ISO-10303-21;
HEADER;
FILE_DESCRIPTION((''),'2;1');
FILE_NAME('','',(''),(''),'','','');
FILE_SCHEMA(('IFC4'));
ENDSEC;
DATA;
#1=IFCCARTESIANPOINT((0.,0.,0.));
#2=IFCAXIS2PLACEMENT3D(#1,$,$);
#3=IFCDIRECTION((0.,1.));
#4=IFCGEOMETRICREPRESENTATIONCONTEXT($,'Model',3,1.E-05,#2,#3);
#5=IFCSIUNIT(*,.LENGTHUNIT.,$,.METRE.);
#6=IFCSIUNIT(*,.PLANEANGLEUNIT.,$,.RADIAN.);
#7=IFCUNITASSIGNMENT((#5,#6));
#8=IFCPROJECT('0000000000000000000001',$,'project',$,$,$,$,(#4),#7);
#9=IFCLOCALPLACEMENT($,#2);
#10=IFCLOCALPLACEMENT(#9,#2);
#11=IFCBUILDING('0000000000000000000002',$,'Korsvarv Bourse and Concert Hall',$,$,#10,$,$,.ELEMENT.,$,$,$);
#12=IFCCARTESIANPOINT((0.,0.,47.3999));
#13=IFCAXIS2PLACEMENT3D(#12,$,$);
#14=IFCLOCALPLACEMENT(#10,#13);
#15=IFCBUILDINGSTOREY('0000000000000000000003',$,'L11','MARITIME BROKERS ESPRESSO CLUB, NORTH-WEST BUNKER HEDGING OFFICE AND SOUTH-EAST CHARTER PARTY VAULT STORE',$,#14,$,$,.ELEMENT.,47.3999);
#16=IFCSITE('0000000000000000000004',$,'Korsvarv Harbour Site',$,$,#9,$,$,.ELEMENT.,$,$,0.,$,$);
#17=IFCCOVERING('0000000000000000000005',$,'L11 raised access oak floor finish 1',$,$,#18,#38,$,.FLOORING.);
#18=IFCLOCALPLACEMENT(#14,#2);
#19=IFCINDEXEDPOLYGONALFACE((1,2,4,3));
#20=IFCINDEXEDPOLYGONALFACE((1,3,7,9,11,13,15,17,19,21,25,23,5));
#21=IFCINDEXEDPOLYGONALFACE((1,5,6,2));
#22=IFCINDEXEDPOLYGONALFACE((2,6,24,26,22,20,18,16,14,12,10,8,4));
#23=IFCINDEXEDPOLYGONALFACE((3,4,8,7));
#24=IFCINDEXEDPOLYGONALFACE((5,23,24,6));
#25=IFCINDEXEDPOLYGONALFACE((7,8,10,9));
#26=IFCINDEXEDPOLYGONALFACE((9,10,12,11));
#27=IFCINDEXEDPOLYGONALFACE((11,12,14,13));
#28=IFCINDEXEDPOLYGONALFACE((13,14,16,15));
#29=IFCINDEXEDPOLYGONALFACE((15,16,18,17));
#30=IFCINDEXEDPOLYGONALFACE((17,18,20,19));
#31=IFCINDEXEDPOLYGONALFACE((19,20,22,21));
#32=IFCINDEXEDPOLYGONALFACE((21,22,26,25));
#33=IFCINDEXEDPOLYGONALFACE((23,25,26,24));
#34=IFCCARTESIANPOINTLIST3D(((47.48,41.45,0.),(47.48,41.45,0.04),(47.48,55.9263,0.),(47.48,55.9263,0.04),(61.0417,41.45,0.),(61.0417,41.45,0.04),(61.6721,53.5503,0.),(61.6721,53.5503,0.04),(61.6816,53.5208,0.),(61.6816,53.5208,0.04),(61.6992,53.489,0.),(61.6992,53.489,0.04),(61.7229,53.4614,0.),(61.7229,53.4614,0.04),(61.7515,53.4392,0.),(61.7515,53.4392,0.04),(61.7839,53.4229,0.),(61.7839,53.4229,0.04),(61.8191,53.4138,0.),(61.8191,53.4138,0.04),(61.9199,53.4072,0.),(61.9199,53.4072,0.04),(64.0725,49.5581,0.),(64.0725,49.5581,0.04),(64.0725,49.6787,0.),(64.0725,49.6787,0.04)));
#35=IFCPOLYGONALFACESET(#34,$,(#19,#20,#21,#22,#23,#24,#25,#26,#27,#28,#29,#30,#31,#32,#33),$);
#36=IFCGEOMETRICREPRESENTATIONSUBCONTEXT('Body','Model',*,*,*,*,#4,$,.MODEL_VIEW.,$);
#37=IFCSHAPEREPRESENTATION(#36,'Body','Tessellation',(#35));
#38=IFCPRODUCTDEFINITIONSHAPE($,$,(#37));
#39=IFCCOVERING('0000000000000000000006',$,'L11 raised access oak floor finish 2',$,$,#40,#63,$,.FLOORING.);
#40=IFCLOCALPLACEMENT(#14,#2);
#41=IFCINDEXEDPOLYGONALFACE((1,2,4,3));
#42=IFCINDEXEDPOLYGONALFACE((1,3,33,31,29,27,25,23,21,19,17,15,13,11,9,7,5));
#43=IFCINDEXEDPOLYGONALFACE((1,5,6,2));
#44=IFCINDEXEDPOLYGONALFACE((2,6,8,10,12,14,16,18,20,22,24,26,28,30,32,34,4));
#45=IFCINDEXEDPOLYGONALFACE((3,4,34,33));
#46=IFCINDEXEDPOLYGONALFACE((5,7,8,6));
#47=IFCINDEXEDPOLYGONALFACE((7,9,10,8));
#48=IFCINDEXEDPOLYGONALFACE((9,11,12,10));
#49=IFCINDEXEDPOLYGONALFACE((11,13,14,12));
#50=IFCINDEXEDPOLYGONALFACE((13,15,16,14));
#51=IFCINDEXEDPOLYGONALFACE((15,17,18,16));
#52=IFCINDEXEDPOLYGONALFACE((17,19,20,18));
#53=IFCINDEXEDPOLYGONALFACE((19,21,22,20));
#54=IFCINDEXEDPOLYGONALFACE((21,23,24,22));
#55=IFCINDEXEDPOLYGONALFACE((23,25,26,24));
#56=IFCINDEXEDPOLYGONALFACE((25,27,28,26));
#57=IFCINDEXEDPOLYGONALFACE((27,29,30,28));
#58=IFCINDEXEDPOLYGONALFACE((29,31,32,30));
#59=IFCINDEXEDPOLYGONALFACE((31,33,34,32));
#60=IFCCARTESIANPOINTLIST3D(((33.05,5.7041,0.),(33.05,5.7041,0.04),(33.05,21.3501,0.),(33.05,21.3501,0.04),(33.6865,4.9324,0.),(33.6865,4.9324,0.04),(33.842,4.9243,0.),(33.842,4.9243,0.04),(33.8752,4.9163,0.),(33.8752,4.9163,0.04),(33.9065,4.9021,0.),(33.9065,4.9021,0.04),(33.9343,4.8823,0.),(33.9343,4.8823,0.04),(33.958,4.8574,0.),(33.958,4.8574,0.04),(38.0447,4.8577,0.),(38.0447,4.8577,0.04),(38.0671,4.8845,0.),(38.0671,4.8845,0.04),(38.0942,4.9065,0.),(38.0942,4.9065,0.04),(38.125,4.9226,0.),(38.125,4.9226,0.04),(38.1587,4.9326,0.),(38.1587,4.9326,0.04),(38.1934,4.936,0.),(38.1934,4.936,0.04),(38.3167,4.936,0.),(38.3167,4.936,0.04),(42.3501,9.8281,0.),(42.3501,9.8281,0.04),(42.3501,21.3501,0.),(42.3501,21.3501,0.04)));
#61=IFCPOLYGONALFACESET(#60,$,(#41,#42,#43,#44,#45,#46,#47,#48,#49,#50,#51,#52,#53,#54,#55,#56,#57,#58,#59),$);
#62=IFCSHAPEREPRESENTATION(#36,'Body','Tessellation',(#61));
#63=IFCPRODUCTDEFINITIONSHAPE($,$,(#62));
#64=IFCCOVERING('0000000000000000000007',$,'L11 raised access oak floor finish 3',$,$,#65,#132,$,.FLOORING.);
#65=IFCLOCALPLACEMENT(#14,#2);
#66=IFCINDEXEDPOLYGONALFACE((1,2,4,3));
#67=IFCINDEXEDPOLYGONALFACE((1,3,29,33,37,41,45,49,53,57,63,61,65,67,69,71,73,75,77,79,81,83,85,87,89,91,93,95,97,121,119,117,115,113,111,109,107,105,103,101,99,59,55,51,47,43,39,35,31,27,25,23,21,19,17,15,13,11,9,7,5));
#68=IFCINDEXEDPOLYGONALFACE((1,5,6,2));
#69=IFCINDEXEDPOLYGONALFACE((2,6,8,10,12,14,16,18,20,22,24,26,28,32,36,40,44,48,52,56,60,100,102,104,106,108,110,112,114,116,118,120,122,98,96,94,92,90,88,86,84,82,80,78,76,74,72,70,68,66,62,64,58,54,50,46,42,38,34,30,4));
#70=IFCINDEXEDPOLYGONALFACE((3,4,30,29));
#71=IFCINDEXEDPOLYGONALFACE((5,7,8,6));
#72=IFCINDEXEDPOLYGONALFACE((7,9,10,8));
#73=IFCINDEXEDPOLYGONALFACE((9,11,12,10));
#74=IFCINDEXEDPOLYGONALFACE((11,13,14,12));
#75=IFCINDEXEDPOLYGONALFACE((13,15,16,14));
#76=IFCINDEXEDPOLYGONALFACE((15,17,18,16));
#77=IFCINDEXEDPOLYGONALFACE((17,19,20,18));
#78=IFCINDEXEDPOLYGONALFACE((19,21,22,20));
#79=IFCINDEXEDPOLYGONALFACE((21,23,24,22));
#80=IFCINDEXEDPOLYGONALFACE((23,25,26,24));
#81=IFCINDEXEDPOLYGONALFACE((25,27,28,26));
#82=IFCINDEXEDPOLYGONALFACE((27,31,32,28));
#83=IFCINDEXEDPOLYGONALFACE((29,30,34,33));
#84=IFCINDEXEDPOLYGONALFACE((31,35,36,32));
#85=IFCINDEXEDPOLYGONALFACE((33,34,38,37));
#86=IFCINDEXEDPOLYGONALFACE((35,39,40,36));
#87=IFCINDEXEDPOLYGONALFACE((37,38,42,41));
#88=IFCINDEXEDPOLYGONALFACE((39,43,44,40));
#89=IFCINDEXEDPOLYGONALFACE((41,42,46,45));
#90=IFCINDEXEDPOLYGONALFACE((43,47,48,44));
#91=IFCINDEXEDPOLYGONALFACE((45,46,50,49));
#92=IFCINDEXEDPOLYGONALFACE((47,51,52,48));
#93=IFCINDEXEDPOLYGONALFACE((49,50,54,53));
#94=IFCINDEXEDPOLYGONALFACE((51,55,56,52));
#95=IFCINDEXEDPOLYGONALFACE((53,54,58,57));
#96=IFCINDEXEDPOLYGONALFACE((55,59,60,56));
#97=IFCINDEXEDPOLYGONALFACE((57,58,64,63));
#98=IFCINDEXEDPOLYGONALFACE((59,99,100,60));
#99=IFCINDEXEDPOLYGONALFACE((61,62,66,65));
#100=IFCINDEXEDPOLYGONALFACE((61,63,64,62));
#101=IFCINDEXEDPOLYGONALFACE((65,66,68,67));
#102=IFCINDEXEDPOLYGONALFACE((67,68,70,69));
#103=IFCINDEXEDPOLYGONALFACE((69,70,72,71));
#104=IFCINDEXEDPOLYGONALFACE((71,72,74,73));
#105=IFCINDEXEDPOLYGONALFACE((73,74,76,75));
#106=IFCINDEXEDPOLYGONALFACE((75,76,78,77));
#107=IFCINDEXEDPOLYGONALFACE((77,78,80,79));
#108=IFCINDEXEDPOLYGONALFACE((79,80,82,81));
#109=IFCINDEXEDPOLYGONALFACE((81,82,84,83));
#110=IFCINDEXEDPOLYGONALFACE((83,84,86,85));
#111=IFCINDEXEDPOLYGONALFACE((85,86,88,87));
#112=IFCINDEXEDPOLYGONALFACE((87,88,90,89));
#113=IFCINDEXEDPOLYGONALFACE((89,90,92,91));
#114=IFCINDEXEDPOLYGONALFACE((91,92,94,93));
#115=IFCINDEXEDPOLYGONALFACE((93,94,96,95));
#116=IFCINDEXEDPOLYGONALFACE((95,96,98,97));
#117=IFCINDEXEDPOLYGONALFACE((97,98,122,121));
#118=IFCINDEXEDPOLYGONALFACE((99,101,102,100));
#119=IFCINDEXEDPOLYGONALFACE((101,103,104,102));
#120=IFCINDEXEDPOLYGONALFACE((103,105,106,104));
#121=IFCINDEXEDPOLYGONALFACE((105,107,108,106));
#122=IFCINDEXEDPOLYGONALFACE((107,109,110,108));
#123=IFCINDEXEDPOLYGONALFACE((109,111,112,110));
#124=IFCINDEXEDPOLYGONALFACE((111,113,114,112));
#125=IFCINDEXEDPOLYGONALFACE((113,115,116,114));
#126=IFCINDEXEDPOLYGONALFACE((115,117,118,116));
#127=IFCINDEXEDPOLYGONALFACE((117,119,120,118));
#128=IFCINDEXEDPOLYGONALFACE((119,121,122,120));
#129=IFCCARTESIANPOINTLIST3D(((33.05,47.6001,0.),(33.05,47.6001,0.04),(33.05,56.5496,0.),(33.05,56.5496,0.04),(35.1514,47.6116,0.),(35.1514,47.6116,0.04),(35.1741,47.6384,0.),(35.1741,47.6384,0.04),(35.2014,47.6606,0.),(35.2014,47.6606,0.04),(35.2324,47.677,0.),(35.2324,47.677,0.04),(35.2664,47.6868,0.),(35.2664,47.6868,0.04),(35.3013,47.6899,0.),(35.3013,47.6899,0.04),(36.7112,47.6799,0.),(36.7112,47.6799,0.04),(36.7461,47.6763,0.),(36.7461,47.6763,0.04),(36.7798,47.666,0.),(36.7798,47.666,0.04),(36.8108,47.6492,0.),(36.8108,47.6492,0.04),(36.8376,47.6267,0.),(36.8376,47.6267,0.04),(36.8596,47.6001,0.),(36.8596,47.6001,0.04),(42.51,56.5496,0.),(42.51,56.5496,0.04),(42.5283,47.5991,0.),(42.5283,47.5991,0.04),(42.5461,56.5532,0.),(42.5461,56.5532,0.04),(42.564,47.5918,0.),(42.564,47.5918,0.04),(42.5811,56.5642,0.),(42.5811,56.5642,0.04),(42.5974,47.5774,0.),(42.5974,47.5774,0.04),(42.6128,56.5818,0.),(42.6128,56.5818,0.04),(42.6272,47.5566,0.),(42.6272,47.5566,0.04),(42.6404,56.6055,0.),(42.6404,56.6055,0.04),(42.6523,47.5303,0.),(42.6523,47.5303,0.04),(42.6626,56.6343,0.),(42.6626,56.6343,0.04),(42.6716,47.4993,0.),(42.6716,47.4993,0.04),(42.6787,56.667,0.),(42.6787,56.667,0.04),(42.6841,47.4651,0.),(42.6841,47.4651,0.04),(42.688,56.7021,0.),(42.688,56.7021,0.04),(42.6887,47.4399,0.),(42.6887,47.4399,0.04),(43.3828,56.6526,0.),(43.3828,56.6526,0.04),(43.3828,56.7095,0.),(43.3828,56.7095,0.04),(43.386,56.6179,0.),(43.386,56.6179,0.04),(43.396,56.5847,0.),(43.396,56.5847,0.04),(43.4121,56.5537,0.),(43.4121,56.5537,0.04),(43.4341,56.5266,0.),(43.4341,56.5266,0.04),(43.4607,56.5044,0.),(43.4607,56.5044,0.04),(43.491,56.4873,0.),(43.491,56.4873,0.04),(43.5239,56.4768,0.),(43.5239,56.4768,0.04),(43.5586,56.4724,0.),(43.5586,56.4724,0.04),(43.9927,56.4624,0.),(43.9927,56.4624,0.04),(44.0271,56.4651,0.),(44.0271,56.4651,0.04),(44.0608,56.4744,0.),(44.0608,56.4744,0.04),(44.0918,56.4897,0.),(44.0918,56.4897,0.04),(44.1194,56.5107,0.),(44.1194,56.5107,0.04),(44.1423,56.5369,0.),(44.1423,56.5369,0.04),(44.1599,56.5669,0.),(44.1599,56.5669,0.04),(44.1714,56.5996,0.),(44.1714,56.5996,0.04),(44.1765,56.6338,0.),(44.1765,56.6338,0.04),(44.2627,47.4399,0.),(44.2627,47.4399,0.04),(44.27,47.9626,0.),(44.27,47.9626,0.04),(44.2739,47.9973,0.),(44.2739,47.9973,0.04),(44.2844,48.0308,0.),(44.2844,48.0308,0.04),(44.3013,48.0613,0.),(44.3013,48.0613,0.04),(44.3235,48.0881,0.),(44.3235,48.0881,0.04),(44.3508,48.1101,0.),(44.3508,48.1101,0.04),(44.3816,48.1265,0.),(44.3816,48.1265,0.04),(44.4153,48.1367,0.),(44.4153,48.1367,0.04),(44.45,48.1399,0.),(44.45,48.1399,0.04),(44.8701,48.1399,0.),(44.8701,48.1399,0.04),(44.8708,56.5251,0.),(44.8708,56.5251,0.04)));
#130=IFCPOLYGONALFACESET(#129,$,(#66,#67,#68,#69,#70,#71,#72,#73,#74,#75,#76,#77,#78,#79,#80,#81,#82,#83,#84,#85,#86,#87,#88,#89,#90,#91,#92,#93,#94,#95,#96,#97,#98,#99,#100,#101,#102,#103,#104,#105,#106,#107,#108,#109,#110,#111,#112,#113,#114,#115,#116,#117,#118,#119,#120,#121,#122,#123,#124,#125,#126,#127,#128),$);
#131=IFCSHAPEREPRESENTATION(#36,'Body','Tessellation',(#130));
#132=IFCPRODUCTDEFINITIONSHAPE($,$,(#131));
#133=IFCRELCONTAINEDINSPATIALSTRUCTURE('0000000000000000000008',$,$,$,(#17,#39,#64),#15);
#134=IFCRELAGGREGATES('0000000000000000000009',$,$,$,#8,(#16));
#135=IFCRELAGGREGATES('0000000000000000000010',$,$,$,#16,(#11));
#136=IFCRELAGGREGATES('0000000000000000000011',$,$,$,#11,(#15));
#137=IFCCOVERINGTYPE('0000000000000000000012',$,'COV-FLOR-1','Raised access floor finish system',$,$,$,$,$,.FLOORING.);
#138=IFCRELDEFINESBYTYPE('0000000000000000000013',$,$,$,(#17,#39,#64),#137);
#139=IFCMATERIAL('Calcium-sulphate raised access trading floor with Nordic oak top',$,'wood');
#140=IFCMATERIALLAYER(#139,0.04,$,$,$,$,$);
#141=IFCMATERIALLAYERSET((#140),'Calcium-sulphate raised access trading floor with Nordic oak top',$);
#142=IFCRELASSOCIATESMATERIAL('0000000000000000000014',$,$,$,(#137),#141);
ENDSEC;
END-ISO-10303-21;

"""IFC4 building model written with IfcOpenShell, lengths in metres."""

from ifc_helpers import new_model, si_unit, direction, frame, origin, place, context, subcontext, project, spatial, polyline, outline, extrude, material, layer, layer_set, type_object, element, save


model = new_model("IFC4")

# Units and contexts
model_context = context("Model", 3, precision=1e-05, world=origin(), true_north=direction((0.0, 1.0)))
body_context = subcontext(model_context, "Body", "Model", "MODEL_VIEW")
ifc_project = project(units=[si_unit("LENGTHUNIT", "METRE"), si_unit("PLANEANGLEUNIT", "RADIAN")], contexts=[model_context])

# Site, building, storey
site_placement = place(None, origin())
site = spatial("IfcSite", under=ifc_project, at=site_placement, Name="Korsvarv Harbour Site", CompositionType="ELEMENT", RefElevation=0.0)
building_placement = place(site_placement, origin())
building = spatial("IfcBuilding", under=site, at=building_placement, Name="Korsvarv Bourse and Concert Hall", CompositionType="ELEMENT")
storey_placement = place(building_placement, frame((0.0, 0.0, 47.3999)))
storey = spatial("IfcBuildingStorey", under=building, at=storey_placement, Name="L11", Description="MARITIME BROKERS ESPRESSO CLUB, NORTH-WEST BUNKER HEDGING OFFICE AND SOUTH-EAST CHARTER PARTY VAULT STORE", CompositionType="ELEMENT", Elevation=47.3999)

# Coverings
ifc_material_1 = material(Name="Calcium-sulphate raised access trading floor with Nordic oak top", Category="wood")
ifc_layer_1 = layer(ifc_material_1, 0.04)
ifc_layer_set_1 = layer_set([ifc_layer_1], Name="Calcium-sulphate raised access trading floor with Nordic oak top")
covering_type_1 = type_object("IfcCoveringType", Name="COV-FLOR-1", Description="Raised access floor finish system", PredefinedType="FLOORING", material=ifc_layer_set_1)
covering_1_placement = place(storey_placement, origin())
element("IfcCovering", 1, at=covering_1_placement, inside=storey, type_object=covering_type_1, Name="L11 raised access oak floor finish 1", PredefinedType="FLOORING", context=body_context, shape_type="SweptSolid", body=[
    extrude(outline(polyline([(47.48, 55.9263), (61.6721, 53.5503), (61.6816, 53.5208), (61.6992, 53.489), (61.7229, 53.4614), (61.7515, 53.4392), (61.7839, 53.4229), (61.8191, 53.4138), (61.9199, 53.4072), (64.0725, 49.6787), (64.0725, 49.5581), (61.0417, 41.45), (47.48, 41.45), (47.48, 55.9263)])), origin(), (0.0, 0.0, 1.0), 0.04),
])
covering_2_placement = place(storey_placement, origin())
element("IfcCovering", 2, at=covering_2_placement, inside=storey, type_object=covering_type_1, Name="L11 raised access oak floor finish 2", PredefinedType="FLOORING", context=body_context, shape_type="SweptSolid", body=[
    extrude(outline(polyline([(33.958, 4.8574), (33.9343, 4.8823), (33.9065, 4.9021), (33.8752, 4.9163), (33.842, 4.9243), (33.6865, 4.9324), (33.05, 5.7041), (33.05, 21.3501), (42.3501, 21.3501), (42.3501, 9.8281), (38.3167, 4.936), (38.1934, 4.936), (38.1587, 4.9326), (38.125, 4.9226), (38.0942, 4.9065), (38.0671, 4.8845), (38.0447, 4.8577), (33.958, 4.8574)])), origin(), (0.0, 0.0, 1.0), 0.04),
])
covering_3_placement = place(storey_placement, origin())
element("IfcCovering", 3, at=covering_3_placement, inside=storey, type_object=covering_type_1, Name="L11 raised access oak floor finish 3", PredefinedType="FLOORING", context=body_context, shape_type="SweptSolid", body=[
    extrude(outline(polyline([(33.05, 47.6001), (33.05, 56.5496), (42.51, 56.5496), (42.5461, 56.5532), (42.5811, 56.5642), (42.6128, 56.5818), (42.6404, 56.6055), (42.6626, 56.6343), (42.6787, 56.667), (42.688, 56.7021), (43.3828, 56.7095), (43.3828, 56.6526), (43.386, 56.6179), (43.396, 56.5847), (43.4121, 56.5537), (43.4341, 56.5266), (43.4607, 56.5044), (43.491, 56.4873), (43.5239, 56.4768), (43.5586, 56.4724), (43.9927, 56.4624), (44.0271, 56.4651), (44.0608, 56.4744), (44.0918, 56.4897), (44.1194, 56.5107), (44.1423, 56.5369), (44.1599, 56.5669), (44.1714, 56.5996), (44.1765, 56.6338), (44.8708, 56.5251), (44.8701, 48.1399), (44.45, 48.1399), (44.4153, 48.1367), (44.3816, 48.1265), (44.3508, 48.1101), (44.3235, 48.0881), (44.3013, 48.0613), (44.2844, 48.0308), (44.2739, 47.9973), (44.27, 47.9626), (44.2627, 47.4399), (42.6887, 47.4399), (42.6841, 47.4651), (42.6716, 47.4993), (42.6523, 47.5303), (42.6272, 47.5566), (42.5974, 47.5774), (42.564, 47.5918), (42.5283, 47.5991), (36.8596, 47.6001), (36.8376, 47.6267), (36.8108, 47.6492), (36.7798, 47.666), (36.7461, 47.6763), (36.7112, 47.6799), (35.3013, 47.6899), (35.2664, 47.6868), (35.2324, 47.677), (35.2014, 47.6606), (35.1741, 47.6384), (35.1514, 47.6116), (33.05, 47.6001)])), origin(), (0.0, 0.0, 1.0), 0.04),
])

save(model, "model.ifc")
